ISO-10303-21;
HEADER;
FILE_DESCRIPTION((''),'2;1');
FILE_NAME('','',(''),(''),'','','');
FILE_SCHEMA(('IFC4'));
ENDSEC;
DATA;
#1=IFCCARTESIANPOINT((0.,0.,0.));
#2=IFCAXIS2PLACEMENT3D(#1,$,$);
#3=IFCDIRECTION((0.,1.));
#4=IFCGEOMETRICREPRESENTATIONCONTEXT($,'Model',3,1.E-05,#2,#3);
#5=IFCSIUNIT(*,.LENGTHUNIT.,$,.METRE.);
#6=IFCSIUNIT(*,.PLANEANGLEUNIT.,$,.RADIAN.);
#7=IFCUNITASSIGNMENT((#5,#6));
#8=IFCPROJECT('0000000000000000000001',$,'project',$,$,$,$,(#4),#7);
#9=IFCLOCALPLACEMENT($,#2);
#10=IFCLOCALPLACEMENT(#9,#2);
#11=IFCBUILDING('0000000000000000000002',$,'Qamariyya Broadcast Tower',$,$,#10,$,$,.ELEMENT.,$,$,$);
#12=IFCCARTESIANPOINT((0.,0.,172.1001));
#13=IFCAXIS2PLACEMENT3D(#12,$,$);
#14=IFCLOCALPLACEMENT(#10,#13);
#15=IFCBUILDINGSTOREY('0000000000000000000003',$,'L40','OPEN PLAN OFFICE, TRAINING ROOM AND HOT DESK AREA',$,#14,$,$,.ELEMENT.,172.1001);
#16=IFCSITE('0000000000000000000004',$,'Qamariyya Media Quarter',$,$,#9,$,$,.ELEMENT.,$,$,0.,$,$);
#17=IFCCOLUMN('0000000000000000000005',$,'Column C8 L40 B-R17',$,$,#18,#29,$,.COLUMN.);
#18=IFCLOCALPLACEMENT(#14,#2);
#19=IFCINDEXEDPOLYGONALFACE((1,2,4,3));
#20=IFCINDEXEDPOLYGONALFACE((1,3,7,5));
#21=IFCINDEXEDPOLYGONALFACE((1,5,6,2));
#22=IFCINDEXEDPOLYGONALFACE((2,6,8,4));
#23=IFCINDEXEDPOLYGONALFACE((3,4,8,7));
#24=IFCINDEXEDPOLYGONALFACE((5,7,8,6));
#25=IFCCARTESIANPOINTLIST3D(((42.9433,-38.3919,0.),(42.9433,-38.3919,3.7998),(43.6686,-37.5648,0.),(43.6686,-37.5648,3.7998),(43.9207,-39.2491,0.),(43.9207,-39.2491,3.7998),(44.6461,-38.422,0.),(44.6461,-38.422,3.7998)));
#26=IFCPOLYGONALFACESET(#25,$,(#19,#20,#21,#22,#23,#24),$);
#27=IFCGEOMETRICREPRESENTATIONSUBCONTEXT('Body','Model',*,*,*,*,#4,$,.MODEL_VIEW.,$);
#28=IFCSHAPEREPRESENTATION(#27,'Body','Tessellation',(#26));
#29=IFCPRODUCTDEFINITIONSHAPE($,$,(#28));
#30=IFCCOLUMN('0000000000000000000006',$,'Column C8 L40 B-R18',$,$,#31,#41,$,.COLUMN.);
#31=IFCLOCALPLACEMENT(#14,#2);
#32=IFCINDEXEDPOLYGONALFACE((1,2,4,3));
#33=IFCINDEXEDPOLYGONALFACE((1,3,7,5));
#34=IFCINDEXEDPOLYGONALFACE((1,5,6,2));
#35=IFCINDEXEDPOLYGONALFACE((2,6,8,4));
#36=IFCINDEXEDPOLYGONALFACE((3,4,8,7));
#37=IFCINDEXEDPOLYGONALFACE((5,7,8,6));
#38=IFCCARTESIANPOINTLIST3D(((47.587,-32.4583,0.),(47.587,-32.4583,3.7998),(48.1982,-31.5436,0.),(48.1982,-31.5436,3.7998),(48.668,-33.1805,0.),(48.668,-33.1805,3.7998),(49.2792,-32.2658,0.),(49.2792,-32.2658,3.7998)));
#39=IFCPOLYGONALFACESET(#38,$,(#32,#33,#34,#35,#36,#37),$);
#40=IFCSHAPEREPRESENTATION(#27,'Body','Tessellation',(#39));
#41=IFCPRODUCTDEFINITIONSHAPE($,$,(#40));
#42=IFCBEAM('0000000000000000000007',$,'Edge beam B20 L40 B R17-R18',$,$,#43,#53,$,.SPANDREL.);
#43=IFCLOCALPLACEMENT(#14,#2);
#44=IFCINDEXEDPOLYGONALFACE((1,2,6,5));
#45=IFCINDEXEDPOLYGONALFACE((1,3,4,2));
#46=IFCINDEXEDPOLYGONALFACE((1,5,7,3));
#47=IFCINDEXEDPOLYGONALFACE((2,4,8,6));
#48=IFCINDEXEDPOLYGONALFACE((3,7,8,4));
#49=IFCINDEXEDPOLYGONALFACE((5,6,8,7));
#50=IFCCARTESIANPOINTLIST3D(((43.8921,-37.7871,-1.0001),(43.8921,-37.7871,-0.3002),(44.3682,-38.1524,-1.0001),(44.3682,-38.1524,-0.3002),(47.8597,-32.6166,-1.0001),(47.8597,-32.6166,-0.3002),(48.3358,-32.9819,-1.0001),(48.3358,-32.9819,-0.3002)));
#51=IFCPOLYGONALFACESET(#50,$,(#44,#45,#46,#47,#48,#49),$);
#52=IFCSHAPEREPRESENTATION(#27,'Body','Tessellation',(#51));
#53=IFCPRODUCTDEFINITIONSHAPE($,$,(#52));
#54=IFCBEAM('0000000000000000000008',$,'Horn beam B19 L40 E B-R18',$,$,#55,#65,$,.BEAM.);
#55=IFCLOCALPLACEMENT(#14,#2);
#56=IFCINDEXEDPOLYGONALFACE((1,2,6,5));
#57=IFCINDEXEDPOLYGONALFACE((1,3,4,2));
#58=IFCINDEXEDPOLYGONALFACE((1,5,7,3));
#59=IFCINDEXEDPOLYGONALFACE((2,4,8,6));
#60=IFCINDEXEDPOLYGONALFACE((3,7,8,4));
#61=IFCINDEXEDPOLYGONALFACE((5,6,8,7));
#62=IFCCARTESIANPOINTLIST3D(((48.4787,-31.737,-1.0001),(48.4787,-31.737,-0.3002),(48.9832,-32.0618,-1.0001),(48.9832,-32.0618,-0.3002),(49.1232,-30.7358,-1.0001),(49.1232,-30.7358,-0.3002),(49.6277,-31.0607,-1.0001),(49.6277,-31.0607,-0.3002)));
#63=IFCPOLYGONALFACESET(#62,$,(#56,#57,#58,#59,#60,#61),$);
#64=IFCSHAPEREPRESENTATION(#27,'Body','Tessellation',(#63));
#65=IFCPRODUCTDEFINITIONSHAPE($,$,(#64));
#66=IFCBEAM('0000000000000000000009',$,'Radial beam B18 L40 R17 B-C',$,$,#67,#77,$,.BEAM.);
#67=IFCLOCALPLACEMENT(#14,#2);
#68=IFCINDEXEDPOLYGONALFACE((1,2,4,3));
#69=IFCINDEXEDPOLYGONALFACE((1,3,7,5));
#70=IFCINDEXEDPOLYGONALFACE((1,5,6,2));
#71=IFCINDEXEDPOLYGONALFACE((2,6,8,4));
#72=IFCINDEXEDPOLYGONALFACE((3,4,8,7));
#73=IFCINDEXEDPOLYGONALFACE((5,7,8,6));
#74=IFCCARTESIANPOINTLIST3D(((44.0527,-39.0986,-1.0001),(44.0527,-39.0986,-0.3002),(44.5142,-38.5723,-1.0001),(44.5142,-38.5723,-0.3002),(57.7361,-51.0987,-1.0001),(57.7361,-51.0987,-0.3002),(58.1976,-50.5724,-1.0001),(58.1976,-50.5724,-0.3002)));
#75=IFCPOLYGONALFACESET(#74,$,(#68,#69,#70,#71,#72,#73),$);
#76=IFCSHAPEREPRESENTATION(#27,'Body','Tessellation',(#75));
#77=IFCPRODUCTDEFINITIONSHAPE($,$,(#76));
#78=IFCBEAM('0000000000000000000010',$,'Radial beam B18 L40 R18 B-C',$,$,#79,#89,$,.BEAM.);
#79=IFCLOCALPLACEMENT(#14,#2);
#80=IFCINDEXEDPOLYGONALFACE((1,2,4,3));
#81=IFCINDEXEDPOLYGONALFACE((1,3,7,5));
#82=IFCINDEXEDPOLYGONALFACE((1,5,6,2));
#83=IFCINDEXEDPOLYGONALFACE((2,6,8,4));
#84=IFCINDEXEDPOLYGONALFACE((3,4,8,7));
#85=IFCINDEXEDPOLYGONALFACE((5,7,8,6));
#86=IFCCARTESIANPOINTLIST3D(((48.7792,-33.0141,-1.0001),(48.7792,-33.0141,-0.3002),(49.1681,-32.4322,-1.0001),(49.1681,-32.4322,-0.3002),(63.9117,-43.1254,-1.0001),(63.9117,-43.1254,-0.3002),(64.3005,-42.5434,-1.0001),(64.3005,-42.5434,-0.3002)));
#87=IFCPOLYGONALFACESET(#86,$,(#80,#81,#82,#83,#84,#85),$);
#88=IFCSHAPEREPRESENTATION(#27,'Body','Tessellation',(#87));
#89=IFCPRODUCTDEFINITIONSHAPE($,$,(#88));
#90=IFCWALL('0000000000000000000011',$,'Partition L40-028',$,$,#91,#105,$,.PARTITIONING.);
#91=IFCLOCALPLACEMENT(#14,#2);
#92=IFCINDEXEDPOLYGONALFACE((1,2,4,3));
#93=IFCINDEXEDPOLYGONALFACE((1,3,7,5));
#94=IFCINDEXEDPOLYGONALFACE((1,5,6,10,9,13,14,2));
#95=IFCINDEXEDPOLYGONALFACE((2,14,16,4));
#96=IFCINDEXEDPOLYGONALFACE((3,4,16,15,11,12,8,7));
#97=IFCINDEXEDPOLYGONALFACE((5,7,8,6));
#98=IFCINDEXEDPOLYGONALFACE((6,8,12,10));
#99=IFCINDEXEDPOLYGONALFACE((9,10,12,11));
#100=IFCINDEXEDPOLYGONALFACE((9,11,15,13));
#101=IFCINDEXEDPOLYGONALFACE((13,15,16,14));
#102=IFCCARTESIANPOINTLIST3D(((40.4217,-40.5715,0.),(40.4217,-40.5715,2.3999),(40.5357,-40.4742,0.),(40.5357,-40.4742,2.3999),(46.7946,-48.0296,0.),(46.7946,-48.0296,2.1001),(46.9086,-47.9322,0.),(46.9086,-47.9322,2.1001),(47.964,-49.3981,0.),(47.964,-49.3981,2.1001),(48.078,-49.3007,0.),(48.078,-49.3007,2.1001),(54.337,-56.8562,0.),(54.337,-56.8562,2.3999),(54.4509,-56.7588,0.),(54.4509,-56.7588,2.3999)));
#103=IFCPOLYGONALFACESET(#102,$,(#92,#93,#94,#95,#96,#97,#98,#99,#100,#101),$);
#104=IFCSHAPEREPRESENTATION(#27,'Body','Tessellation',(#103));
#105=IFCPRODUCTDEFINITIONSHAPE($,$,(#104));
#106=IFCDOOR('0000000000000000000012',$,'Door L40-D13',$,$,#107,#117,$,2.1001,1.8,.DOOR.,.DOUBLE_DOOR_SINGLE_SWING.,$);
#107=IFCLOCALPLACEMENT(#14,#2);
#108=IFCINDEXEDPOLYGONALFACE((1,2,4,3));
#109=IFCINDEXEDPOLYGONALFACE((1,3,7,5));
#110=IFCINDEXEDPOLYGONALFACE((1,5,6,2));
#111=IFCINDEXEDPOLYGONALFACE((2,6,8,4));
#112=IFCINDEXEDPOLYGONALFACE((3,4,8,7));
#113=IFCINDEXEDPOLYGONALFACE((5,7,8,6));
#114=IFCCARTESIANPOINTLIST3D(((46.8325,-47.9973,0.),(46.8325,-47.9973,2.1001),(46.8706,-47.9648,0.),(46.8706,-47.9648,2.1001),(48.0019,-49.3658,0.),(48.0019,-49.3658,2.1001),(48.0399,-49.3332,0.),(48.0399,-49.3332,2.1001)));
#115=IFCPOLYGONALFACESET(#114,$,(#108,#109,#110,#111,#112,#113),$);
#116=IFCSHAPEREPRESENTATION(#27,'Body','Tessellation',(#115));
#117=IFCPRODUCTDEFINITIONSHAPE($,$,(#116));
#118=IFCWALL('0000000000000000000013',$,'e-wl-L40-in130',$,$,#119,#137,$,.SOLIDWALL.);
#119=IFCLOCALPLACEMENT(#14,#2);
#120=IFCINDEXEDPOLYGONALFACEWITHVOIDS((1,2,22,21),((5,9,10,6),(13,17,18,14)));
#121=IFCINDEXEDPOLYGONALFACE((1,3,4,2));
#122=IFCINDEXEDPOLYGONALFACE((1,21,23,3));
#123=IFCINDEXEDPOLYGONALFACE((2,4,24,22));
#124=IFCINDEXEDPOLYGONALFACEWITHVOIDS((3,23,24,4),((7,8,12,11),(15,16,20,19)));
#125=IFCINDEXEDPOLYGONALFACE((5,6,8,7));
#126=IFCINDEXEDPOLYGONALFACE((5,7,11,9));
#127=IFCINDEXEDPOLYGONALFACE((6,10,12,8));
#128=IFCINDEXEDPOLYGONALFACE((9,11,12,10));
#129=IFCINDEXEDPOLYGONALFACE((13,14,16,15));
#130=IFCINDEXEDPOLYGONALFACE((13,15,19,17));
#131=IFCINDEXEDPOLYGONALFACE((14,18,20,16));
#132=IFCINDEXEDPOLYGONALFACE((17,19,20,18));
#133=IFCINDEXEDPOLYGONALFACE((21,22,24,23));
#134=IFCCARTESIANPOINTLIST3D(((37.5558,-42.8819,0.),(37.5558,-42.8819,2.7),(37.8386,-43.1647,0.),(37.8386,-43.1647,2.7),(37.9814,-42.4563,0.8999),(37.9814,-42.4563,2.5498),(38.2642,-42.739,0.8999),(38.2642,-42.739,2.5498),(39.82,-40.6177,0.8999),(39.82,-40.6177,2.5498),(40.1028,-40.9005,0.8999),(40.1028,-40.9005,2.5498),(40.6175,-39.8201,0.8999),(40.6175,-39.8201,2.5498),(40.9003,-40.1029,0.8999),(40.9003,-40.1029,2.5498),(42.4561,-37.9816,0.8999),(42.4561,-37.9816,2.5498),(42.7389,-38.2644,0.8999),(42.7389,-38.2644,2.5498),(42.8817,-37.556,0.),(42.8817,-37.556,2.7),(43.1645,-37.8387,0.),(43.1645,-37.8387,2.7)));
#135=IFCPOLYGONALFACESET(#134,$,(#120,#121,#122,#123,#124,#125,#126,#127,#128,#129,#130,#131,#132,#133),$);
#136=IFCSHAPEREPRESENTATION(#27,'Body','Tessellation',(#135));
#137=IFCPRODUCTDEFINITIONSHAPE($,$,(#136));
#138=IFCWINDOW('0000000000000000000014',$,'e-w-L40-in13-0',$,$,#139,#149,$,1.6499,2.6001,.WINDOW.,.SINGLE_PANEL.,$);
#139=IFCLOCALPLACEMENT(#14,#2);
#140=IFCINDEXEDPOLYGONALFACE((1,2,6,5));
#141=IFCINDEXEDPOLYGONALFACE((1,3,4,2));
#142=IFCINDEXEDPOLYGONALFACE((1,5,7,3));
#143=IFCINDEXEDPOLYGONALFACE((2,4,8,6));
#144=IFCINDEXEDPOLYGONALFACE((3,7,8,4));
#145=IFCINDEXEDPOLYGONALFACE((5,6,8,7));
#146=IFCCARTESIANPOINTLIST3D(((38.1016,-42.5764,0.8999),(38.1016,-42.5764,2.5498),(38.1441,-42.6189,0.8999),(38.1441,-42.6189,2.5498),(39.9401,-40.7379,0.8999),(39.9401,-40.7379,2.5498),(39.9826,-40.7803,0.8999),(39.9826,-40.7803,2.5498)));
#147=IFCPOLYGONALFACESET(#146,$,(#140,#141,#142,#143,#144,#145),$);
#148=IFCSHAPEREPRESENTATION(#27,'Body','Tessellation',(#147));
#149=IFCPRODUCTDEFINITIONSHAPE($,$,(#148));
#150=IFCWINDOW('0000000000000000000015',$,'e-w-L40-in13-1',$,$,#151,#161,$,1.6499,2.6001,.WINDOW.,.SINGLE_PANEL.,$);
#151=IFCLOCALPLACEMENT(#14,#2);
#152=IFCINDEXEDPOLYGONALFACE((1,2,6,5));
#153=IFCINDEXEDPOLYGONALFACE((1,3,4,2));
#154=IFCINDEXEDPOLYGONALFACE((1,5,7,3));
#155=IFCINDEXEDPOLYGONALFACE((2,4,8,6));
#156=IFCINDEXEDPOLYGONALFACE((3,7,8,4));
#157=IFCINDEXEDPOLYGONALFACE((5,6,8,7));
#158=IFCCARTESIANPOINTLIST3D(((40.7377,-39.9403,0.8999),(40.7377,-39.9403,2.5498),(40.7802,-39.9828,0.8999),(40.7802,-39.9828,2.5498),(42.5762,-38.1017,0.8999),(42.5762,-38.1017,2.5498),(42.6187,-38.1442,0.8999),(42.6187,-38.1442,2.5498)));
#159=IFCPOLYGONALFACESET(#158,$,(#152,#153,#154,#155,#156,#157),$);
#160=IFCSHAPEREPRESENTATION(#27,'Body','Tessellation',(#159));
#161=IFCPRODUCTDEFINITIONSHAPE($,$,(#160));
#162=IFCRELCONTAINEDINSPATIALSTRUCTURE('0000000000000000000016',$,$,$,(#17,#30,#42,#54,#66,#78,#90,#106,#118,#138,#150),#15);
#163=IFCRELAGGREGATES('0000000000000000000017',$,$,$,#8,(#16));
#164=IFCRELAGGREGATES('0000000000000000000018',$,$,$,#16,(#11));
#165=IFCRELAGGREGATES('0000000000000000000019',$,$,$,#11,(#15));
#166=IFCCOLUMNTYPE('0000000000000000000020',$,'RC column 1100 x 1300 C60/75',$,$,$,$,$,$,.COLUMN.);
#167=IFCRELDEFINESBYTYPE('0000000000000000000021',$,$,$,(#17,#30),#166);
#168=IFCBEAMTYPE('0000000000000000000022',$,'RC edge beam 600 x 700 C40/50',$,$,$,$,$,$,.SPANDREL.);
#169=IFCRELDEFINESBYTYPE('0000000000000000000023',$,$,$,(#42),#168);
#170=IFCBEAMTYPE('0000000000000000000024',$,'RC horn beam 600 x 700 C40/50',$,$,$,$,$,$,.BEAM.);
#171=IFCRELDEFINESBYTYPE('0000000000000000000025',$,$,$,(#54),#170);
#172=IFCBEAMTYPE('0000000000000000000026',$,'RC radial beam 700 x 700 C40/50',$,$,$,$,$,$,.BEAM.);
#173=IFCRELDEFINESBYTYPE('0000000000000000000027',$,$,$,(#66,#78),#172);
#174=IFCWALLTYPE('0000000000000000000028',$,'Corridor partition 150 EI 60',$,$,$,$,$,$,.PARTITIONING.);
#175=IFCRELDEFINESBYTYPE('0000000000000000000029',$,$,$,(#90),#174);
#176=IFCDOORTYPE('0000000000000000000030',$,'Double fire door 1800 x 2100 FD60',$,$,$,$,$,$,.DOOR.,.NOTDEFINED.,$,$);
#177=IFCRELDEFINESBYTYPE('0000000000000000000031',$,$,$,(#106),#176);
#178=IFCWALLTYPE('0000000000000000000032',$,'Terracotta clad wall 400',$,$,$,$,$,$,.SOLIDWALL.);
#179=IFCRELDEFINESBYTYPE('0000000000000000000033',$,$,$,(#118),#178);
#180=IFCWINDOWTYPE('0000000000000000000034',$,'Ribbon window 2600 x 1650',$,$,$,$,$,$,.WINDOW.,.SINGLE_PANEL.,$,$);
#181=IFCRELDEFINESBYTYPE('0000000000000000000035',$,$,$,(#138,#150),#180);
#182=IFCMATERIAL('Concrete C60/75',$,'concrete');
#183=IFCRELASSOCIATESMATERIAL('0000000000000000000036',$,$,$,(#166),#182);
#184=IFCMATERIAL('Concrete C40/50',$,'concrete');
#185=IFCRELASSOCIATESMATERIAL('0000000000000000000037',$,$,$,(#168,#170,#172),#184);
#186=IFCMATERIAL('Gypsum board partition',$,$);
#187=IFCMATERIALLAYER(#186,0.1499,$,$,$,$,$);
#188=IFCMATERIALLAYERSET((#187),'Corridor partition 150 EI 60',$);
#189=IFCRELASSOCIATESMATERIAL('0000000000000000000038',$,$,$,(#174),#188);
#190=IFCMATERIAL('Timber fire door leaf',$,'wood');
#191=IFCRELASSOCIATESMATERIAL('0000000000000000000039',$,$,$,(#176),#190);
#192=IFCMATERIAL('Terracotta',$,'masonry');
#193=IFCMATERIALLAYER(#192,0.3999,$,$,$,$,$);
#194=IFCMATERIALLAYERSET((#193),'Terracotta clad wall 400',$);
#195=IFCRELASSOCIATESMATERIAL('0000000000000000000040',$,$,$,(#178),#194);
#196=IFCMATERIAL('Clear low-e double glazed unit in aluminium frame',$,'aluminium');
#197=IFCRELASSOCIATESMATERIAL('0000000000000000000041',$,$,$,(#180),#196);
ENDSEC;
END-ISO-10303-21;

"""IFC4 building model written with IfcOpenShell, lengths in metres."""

from ifc_helpers import new_model, si_unit, direction, frame, frame_2d, origin, origin_2d, place, context, subcontext, project, spatial, rectangle, extrude, material, layer, layer_set, material_profile, profile_set, type_object, element, fill, save


model = new_model("IFC4")

# Units and contexts
model_context = context("Model", 3, precision=1e-05, world=origin(), true_north=direction((0.0, 1.0)))
body_context = subcontext(model_context, "Body", "Model", "MODEL_VIEW")
ifc_project = project(units=[si_unit("LENGTHUNIT", "METRE"), si_unit("PLANEANGLEUNIT", "RADIAN")], contexts=[model_context])

# Site, building, storey
site_placement = place(None, origin())
site = spatial("IfcSite", under=ifc_project, at=site_placement, Name="Qamariyya Media Quarter", CompositionType="ELEMENT", RefElevation=0.0)
building_placement = place(site_placement, origin())
building = spatial("IfcBuilding", under=site, at=building_placement, Name="Qamariyya Broadcast Tower", CompositionType="ELEMENT")
storey_placement = place(building_placement, frame((0.0, 0.0, 172.1001)))
storey = spatial("IfcBuildingStorey", under=building, at=storey_placement, Name="L40", Description="OPEN PLAN OFFICE, TRAINING ROOM AND HOT DESK AREA", CompositionType="ELEMENT", Elevation=172.1001)

# Columns
ifc_material_1 = material(Name="Concrete C60/75", Category="concrete")
ifc_material_profile_1 = material_profile(ifc_material_1, rectangle(XDim=1.1001, YDim=1.3, at=origin_2d()))
ifc_profile_set_1 = profile_set([ifc_material_profile_1], Name="Concrete C60/75")
column_type = type_object("IfcColumnType", Name="RC column 1100 x 1300 C60/75", PredefinedType="COLUMN", material=ifc_profile_set_1)
for number, where, z_axis, x_axis, name in (
    (1, (43.7947, -38.407, 0.0), (0.0, 0.0, 1.0), (0.659346, 0.75184, 0.0), "Column C8 L40 B-R17"),
    (2, (48.4331, -32.3621, 0.0), (0.0, 0.0, 1.0), (0.55557, 0.83147, 0.0), "Column C8 L40 B-R18"),
):
    element("IfcColumn", number, at=place(storey_placement, frame(where, z_axis=z_axis, x_axis=x_axis)), inside=storey, type_object=column_type, Name=name, PredefinedType="COLUMN", context=body_context, shape_type="SweptSolid", body=[
        extrude(rectangle(XDim=1.1001, YDim=1.3, at=origin_2d()), origin(), (0.0, 0.0, 1.0), 3.7998),
    ])

# Beams
ifc_material_2 = material(Name="Concrete C40/50", Category="concrete")
ifc_material_profile_2 = material_profile(ifc_material_2, rectangle(XDim=0.6001, YDim=0.7, at=origin_2d()))
ifc_profile_set_2 = profile_set([ifc_material_profile_2], Name="Concrete C40/50")
beam_type_1 = type_object("IfcBeamType", Name="RC edge beam 600 x 700 C40/50", PredefinedType="SPANDREL", material=ifc_profile_set_2)
beam_1_placement = place(storey_placement, frame((44.1301, -37.9697, -0.6501), z_axis=(0.608774, 0.793343, 0.0), x_axis=(-0.793343, 0.608774, 0.0)))
element("IfcBeam", 3, at=beam_1_placement, inside=storey, type_object=beam_type_1, Name="Edge beam B20 L40 B R17-R18", PredefinedType="SPANDREL", context=body_context, shape_type="SweptSolid", body=[
    extrude(rectangle(XDim=0.6001, YDim=0.7, at=origin_2d()), origin(), (0.0, 0.0, 1.0), 6.5173),
])
ifc_material_profile_3 = material_profile(ifc_material_2, rectangle(XDim=0.6001, YDim=0.7, at=origin_2d()))
ifc_profile_set_3 = profile_set([ifc_material_profile_3], Name="Concrete C40/50")
beam_type_2 = type_object("IfcBeamType", Name="RC horn beam 600 x 700 C40/50", PredefinedType="BEAM", material=ifc_profile_set_3)
beam_2_placement = place(storey_placement, frame((48.731, -31.8994, -0.6501), z_axis=(0.541286, 0.840839, 0.0), x_axis=(-0.840839, 0.541286, 0.0)))
element("IfcBeam", 4, at=beam_2_placement, inside=storey, type_object=beam_type_2, Name="Horn beam B19 L40 E B-R18", PredefinedType="BEAM", context=body_context, shape_type="SweptSolid", body=[
    extrude(rectangle(XDim=0.6001, YDim=0.7, at=origin_2d()), origin(), (0.0, 0.0, 1.0), 1.1907),
])
ifc_material_profile_4 = material_profile(ifc_material_2, rectangle(XDim=0.7, YDim=0.7, at=origin_2d()))
ifc_profile_set_4 = profile_set([ifc_material_profile_4], Name="Concrete C40/50")
beam_type_3 = type_object("IfcBeamType", Name="RC radial beam 700 x 700 C40/50", PredefinedType="BEAM", material=ifc_profile_set_4)
beam_3_placement = place(storey_placement, frame((44.2834, -38.8354, -0.6501), z_axis=(0.751839, -0.659347, 0.0), x_axis=(0.659347, 0.751839, 0.0)))
element("IfcBeam", 5, at=beam_3_placement, inside=storey, type_object=beam_type_3, Name="Radial beam B18 L40 R17 B-C", PredefinedType="BEAM", context=body_context, shape_type="SweptSolid", body=[
    extrude(rectangle(XDim=0.7, YDim=0.7, at=origin_2d()), origin(), (0.0, 0.0, 1.0), 18.2),
])
beam_4_placement = place(storey_placement, frame((48.9736, -32.7231, -0.6501), z_axis=(0.831468, -0.555573, 0.0), x_axis=(0.555573, 0.831468, 0.0)))
element("IfcBeam", 6, at=beam_4_placement, inside=storey, type_object=beam_type_3, Name="Radial beam B18 L40 R18 B-C", PredefinedType="BEAM", context=body_context, shape_type="SweptSolid", body=[
    extrude(rectangle(XDim=0.7, YDim=0.7, at=origin_2d()), origin(), (0.0, 0.0, 1.0), 18.1997),
])

# Wall, opening, door
ifc_material_3 = material(Name="Gypsum board partition")
ifc_layer_1 = layer(ifc_material_3, 0.1499)
ifc_layer_set_1 = layer_set([ifc_layer_1], Name="Corridor partition 150 EI 60")
wall_type_1 = type_object("IfcWallType", Name="Corridor partition 150 EI 60", PredefinedType="PARTITIONING", material=ifc_layer_set_1)
wall_1_placement = place(storey_placement, frame((40.4788, -40.5229, 0.0), z_axis=(0.0, 0.0, 1.0), x_axis=(0.649633, -0.760248, 0.0)))
wall_1 = element("IfcWall", 7, at=wall_1_placement, inside=storey, type_object=wall_type_1, Name="Partition L40-028", PredefinedType="PARTITIONING", context=body_context, shape_type="SweptSolid", body=[
    extrude(rectangle(XDim=21.4202, YDim=0.1499, at=frame_2d((10.71, 0.0))), origin(), (0.0, 0.0, 1.0), 2.3999),
])
opening_1_placement = place(wall_1_placement, frame((9.8101, 0.0, 0.0)))
opening_1 = element("IfcOpeningElement", 8, at=opening_1_placement, cuts=wall_1, PredefinedType="OPENING", context=body_context, shape_type="SweptSolid", body=[
    extrude(rectangle(XDim=1.8, YDim=2.1001, at=frame_2d((0.8999, 1.05))), frame((0.0, 0.085, 0.0), z_axis=(0.0, -1.0, 0.0), x_axis=(1.0, 0.0, 0.0)), (0.0, 0.0, 1.0), 0.1699),
])
ifc_material_4 = material(Name="Timber fire door leaf", Category="wood")
door_type = type_object("IfcDoorType", Name="Double fire door 1800 x 2100 FD60", OperationType="NOTDEFINED", PredefinedType="DOOR", material=ifc_material_4)
door_placement = place(opening_1_placement, origin())
door = element("IfcDoor", 9, at=door_placement, inside=storey, type_object=door_type, Name="Door L40-D13", OperationType="DOUBLE_DOOR_SINGLE_SWING", OverallHeight=2.1001, OverallWidth=1.8, PredefinedType="DOOR", context=body_context, shape_type="SweptSolid", body=[
    extrude(rectangle(XDim=1.8, YDim=2.1001, at=frame_2d((0.8999, 1.05))), frame((0.0, 0.0249, 0.0), z_axis=(0.0, -1.0, 0.0), x_axis=(1.0, 0.0, 0.0)), (0.0, 0.0, 1.0), 0.05),
])
fill(opening_1, door)

# Wall, openings, windows
ifc_material_5 = material(Name="Terracotta", Category="masonry")
ifc_layer_2 = layer(ifc_material_5, 0.3999)
ifc_layer_set_2 = layer_set([ifc_layer_2], Name="Terracotta clad wall 400")
wall_type_2 = type_object("IfcWallType", Name="Terracotta clad wall 400", PredefinedType="SOLIDWALL", material=ifc_layer_set_2)
wall_2_placement = place(storey_placement, frame((43.0232, -37.6973, 0.0), z_axis=(0.0, 0.0, 1.0), x_axis=(-0.707107, -0.707107, 0.0)))
wall_2 = element("IfcWall", 10, at=wall_2_placement, inside=storey, type_object=wall_type_2, Name="e-wl-L40-in130", PredefinedType="SOLIDWALL", context=body_context, shape_type="SweptSolid", body=[
    extrude(rectangle(XDim=7.532, YDim=0.3999, at=frame_2d((3.7661, 0.0))), origin(), (0.0, 0.0, 1.0), 2.7),
])
opening_2_placement = place(wall_2_placement, frame((4.3301, 0.0, 0.8999)))
opening_2 = element("IfcOpeningElement", 11, at=opening_2_placement, cuts=wall_2, PredefinedType="OPENING", context=body_context, shape_type="SweptSolid", body=[
    extrude(rectangle(XDim=2.6001, YDim=1.6499, at=frame_2d((1.3, 0.825))), frame((0.0, 0.21, 0.0), z_axis=(0.0, -1.0, 0.0), x_axis=(1.0, 0.0, 0.0)), (0.0, 0.0, 1.0), 0.4199),
])
opening_3_placement = place(wall_2_placement, frame((0.6021, 0.0, 0.8999)))
opening_3 = element("IfcOpeningElement", 12, at=opening_3_placement, cuts=wall_2, PredefinedType="OPENING", context=body_context, shape_type="SweptSolid", body=[
    extrude(rectangle(XDim=2.6001, YDim=1.6499, at=frame_2d((1.3, 0.825))), frame((0.0, 0.21, 0.0), z_axis=(0.0, -1.0, 0.0), x_axis=(1.0, 0.0, 0.0)), (0.0, 0.0, 1.0), 0.4199),
])
ifc_material_6 = material(Name="Clear low-e double glazed unit in aluminium frame", Category="aluminium")
window_type = type_object("IfcWindowType", Name="Ribbon window 2600 x 1650", PartitioningType="SINGLE_PANEL", PredefinedType="WINDOW", material=ifc_material_6)
window_1_placement = place(opening_2_placement, origin())
window_1 = element("IfcWindow", 13, at=window_1_placement, inside=storey, type_object=window_type, Name="e-w-L40-in13-0", OverallHeight=1.6499, OverallWidth=2.6001, PartitioningType="SINGLE_PANEL", PredefinedType="WINDOW", context=body_context, shape_type="SweptSolid", body=[
    extrude(rectangle(XDim=2.6001, YDim=1.6499, at=frame_2d((1.3, 0.825))), frame((0.0, 0.03, 0.0), z_axis=(0.0, -1.0, 0.0), x_axis=(1.0, 0.0, 0.0)), (0.0, 0.0, 1.0), 0.0601),
])
fill(opening_2, window_1)
window_2_placement = place(opening_3_placement, origin())
window_2 = element("IfcWindow", 14, at=window_2_placement, inside=storey, type_object=window_type, Name="e-w-L40-in13-1", OverallHeight=1.6499, OverallWidth=2.6001, PartitioningType="SINGLE_PANEL", PredefinedType="WINDOW", context=body_context, shape_type="SweptSolid", body=[
    extrude(rectangle(XDim=2.6001, YDim=1.6499, at=frame_2d((1.3, 0.825))), frame((0.0, 0.03, 0.0), z_axis=(0.0, -1.0, 0.0), x_axis=(1.0, 0.0, 0.0)), (0.0, 0.0, 1.0), 0.0601),
])
fill(opening_3, window_2)

save(model, "model.ifc")
